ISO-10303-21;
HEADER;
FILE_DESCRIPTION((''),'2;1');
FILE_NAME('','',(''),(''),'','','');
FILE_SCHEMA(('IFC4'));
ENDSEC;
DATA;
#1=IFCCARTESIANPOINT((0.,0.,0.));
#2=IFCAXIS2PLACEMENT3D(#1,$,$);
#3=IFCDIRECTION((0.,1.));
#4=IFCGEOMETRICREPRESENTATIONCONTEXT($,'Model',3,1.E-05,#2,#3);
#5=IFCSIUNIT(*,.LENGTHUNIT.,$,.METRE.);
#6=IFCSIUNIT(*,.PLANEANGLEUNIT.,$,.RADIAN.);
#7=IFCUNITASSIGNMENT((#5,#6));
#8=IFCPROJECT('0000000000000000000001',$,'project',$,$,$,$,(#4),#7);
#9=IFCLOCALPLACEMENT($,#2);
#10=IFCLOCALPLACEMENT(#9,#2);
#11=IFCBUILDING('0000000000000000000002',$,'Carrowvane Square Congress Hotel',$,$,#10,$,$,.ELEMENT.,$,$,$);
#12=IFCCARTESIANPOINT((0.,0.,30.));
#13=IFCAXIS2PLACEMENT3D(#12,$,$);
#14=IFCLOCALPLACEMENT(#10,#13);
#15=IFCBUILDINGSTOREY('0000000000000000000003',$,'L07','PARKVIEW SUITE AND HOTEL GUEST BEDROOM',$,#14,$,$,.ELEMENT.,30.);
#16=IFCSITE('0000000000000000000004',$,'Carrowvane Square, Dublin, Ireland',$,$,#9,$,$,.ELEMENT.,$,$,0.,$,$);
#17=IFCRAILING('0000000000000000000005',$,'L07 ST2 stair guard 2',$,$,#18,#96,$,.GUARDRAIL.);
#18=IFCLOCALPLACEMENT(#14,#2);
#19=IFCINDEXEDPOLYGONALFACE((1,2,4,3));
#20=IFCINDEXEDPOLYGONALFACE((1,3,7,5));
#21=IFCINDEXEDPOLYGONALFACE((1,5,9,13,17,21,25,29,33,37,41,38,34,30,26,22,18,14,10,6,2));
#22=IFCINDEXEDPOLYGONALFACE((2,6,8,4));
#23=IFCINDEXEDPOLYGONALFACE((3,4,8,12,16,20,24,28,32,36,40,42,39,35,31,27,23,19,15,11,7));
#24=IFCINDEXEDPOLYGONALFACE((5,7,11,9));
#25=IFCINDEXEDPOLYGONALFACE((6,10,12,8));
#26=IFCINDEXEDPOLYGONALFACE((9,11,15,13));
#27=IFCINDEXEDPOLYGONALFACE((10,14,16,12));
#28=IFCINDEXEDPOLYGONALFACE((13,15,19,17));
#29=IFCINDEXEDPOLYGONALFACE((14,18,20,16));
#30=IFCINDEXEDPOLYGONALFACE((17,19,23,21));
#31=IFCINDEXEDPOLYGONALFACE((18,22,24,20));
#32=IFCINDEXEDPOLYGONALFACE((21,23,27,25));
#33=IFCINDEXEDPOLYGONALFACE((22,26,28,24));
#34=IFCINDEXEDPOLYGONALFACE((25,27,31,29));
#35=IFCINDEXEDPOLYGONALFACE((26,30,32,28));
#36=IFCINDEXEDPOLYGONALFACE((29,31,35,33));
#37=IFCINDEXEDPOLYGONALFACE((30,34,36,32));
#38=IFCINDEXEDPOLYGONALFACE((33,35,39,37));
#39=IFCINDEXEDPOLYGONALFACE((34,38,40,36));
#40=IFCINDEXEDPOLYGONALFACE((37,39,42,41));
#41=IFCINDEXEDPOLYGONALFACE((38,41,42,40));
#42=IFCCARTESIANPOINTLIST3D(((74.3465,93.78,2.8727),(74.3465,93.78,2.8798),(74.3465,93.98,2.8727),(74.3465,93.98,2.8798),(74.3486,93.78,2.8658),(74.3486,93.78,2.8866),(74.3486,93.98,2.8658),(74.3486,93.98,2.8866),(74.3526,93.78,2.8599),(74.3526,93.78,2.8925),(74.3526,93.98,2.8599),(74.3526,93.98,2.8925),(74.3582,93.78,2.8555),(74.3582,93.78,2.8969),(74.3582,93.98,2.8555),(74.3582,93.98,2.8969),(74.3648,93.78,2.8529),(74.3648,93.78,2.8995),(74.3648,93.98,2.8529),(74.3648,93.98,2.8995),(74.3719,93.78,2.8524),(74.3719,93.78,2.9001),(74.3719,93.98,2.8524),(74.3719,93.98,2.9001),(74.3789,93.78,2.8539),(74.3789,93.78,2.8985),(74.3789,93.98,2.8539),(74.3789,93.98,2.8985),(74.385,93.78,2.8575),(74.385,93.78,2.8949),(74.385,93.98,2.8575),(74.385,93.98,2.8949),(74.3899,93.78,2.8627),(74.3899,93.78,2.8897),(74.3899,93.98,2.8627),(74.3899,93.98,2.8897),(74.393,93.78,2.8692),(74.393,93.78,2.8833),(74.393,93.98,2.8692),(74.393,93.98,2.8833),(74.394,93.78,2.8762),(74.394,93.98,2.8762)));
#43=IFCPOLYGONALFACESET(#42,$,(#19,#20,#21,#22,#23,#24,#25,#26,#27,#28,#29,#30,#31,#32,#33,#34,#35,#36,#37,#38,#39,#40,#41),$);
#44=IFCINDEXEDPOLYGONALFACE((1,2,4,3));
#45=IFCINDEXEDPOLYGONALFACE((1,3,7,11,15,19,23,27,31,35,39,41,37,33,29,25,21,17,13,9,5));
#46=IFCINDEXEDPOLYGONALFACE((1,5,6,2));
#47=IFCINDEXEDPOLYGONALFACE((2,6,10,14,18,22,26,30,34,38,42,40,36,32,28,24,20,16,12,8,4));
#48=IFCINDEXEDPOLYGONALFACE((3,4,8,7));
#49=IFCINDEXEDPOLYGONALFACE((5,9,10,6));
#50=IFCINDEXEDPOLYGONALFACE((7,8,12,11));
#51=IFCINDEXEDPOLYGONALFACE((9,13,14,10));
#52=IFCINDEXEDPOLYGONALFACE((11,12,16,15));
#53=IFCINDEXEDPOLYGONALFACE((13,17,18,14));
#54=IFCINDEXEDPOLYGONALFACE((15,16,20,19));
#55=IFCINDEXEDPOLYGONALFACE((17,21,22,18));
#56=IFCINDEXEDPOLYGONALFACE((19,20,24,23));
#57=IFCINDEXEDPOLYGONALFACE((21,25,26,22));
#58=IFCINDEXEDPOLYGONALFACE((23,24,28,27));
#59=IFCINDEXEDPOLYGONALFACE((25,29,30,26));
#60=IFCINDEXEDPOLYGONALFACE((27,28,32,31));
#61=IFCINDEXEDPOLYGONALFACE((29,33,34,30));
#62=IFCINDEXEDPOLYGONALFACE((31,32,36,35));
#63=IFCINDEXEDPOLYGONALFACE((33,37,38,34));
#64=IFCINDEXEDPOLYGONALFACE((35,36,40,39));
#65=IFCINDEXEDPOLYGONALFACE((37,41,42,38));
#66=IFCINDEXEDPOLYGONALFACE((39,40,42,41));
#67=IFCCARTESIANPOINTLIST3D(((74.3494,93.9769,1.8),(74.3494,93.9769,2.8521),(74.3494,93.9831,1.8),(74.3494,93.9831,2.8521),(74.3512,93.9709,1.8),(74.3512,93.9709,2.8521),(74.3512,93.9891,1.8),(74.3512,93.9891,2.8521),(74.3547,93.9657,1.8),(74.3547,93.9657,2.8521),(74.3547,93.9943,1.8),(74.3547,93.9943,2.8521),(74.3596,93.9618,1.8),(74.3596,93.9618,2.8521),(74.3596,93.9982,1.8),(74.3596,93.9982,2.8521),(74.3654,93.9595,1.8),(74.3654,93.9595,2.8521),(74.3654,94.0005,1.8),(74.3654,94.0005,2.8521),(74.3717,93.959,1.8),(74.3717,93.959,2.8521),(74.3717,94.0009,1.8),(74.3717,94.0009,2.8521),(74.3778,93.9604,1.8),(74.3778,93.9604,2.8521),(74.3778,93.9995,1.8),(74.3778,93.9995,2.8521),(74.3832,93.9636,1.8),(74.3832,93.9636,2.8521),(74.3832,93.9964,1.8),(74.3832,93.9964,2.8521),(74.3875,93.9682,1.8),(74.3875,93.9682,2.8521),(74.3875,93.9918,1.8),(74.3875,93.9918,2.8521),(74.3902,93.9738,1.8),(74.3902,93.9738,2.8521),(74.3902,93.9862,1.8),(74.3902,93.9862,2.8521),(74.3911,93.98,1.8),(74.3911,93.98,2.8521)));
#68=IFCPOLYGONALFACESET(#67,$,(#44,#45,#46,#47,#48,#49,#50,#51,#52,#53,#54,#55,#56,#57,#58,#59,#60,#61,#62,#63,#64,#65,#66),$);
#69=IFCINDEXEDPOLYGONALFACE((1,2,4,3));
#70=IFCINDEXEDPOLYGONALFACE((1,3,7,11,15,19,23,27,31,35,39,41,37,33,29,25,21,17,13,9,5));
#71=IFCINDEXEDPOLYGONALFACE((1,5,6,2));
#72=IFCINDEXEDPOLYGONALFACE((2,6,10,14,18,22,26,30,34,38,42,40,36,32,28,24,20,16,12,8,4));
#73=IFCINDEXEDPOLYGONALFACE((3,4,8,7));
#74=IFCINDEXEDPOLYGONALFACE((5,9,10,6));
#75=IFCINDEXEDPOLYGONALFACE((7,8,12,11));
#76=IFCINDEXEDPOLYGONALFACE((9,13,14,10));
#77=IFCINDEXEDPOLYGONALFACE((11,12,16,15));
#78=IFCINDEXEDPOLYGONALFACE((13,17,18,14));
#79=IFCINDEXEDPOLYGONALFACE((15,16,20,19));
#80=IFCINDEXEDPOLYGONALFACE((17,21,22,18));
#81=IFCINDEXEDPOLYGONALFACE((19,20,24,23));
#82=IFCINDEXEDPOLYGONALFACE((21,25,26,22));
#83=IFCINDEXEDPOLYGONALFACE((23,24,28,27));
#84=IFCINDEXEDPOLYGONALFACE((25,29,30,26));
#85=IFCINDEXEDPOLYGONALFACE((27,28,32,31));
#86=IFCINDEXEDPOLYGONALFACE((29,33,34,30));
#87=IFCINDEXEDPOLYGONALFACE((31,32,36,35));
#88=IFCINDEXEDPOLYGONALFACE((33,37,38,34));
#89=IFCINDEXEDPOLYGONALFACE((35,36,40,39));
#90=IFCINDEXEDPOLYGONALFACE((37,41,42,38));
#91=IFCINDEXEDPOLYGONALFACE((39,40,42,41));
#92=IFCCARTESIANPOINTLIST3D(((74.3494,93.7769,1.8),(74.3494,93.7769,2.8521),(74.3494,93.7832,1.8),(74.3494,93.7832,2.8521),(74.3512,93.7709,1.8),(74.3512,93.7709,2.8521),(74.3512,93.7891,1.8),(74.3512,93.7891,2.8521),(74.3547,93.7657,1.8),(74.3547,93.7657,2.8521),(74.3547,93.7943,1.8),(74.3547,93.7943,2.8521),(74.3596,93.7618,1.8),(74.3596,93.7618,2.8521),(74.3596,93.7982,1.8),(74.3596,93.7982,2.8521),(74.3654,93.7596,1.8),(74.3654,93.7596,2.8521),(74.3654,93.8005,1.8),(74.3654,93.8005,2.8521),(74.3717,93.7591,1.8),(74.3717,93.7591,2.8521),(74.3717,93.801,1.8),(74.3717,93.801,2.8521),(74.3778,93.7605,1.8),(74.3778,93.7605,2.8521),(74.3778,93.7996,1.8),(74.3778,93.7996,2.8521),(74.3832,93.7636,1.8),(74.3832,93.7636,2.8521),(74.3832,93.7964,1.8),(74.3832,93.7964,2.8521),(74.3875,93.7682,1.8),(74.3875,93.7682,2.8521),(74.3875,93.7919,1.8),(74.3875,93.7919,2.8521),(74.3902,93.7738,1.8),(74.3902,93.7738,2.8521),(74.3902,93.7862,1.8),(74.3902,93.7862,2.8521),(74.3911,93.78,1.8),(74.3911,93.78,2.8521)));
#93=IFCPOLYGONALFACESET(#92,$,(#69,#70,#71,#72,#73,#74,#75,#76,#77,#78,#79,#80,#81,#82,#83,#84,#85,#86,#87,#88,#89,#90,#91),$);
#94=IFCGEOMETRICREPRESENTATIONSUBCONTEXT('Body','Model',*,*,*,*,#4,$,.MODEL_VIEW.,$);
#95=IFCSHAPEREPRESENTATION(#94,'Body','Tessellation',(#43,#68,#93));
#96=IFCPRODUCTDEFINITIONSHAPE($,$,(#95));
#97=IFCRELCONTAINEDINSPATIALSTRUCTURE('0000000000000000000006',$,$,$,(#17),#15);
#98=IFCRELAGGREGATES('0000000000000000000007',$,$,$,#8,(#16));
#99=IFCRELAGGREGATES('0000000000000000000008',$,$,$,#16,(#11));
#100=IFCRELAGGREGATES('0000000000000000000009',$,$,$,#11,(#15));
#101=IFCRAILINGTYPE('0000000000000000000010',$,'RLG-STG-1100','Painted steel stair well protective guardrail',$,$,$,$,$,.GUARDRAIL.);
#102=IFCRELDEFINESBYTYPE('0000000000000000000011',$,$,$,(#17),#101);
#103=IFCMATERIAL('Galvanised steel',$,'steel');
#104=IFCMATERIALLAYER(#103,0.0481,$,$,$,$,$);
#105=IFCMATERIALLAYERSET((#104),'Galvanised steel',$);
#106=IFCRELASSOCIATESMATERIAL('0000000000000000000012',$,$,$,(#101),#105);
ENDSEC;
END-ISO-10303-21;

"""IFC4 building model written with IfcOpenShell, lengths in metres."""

from ifc_helpers import new_model, si_unit, direction, frame, origin, origin_2d, place, context, subcontext, project, spatial, circle, extrude, material, layer, layer_set, type_object, element, save


model = new_model("IFC4")

# Units and contexts
model_context = context("Model", 3, precision=1e-05, world=origin(), true_north=direction((0.0, 1.0)))
body_context = subcontext(model_context, "Body", "Model", "MODEL_VIEW")
ifc_project = project(units=[si_unit("LENGTHUNIT", "METRE"), si_unit("PLANEANGLEUNIT", "RADIAN")], contexts=[model_context])

# Site, building, storey
site_placement = place(None, origin())
site = spatial("IfcSite", under=ifc_project, at=site_placement, Name="Carrowvane Square, Dublin, Ireland", CompositionType="ELEMENT", RefElevation=0.0)
building_placement = place(site_placement, origin())
building = spatial("IfcBuilding", under=site, at=building_placement, Name="Carrowvane Square Congress Hotel", CompositionType="ELEMENT")
storey_placement = place(building_placement, frame((0.0, 0.0, 30.0)))
storey = spatial("IfcBuildingStorey", under=building, at=storey_placement, Name="L07", Description="PARKVIEW SUITE AND HOTEL GUEST BEDROOM", CompositionType="ELEMENT", Elevation=30.0)

# Railing
ifc_material_1 = material(Name="Galvanised steel", Category="steel")
ifc_layer_1 = layer(ifc_material_1, 0.0481)
ifc_layer_set_1 = layer_set([ifc_layer_1], Name="Galvanised steel")
railing_type_1 = type_object("IfcRailingType", Name="RLG-STG-1100", Description="Painted steel stair well protective guardrail", PredefinedType="GUARDRAIL", material=ifc_layer_set_1)
railing_1_placement = place(storey_placement, frame((74.3701, 93.98, 1.8)))
element("IfcRailing", 1, at=railing_1_placement, inside=storey, type_object=railing_type_1, Name="L07 ST2 stair guard 2", PredefinedType="GUARDRAIL", context=body_context, shape_type="SweptSolid", body=[
    extrude(circle(Radius=0.0239, at=origin_2d()), frame((0.0, 0.0, 1.0762), z_axis=(0.0, -1.0, 0.0), x_axis=(1.0, 0.0, 0.0)), (0.0, 0.0, 1.0), 0.2),
    extrude(circle(Radius=0.021, at=origin_2d()), origin(), (0.0, 0.0, 1.0), 1.052),
    extrude(circle(Radius=0.021, at=origin_2d()), frame((0.0, -0.2, 0.0)), (0.0, 0.0, 1.0), 1.052),
])

save(model, "model.ifc")
